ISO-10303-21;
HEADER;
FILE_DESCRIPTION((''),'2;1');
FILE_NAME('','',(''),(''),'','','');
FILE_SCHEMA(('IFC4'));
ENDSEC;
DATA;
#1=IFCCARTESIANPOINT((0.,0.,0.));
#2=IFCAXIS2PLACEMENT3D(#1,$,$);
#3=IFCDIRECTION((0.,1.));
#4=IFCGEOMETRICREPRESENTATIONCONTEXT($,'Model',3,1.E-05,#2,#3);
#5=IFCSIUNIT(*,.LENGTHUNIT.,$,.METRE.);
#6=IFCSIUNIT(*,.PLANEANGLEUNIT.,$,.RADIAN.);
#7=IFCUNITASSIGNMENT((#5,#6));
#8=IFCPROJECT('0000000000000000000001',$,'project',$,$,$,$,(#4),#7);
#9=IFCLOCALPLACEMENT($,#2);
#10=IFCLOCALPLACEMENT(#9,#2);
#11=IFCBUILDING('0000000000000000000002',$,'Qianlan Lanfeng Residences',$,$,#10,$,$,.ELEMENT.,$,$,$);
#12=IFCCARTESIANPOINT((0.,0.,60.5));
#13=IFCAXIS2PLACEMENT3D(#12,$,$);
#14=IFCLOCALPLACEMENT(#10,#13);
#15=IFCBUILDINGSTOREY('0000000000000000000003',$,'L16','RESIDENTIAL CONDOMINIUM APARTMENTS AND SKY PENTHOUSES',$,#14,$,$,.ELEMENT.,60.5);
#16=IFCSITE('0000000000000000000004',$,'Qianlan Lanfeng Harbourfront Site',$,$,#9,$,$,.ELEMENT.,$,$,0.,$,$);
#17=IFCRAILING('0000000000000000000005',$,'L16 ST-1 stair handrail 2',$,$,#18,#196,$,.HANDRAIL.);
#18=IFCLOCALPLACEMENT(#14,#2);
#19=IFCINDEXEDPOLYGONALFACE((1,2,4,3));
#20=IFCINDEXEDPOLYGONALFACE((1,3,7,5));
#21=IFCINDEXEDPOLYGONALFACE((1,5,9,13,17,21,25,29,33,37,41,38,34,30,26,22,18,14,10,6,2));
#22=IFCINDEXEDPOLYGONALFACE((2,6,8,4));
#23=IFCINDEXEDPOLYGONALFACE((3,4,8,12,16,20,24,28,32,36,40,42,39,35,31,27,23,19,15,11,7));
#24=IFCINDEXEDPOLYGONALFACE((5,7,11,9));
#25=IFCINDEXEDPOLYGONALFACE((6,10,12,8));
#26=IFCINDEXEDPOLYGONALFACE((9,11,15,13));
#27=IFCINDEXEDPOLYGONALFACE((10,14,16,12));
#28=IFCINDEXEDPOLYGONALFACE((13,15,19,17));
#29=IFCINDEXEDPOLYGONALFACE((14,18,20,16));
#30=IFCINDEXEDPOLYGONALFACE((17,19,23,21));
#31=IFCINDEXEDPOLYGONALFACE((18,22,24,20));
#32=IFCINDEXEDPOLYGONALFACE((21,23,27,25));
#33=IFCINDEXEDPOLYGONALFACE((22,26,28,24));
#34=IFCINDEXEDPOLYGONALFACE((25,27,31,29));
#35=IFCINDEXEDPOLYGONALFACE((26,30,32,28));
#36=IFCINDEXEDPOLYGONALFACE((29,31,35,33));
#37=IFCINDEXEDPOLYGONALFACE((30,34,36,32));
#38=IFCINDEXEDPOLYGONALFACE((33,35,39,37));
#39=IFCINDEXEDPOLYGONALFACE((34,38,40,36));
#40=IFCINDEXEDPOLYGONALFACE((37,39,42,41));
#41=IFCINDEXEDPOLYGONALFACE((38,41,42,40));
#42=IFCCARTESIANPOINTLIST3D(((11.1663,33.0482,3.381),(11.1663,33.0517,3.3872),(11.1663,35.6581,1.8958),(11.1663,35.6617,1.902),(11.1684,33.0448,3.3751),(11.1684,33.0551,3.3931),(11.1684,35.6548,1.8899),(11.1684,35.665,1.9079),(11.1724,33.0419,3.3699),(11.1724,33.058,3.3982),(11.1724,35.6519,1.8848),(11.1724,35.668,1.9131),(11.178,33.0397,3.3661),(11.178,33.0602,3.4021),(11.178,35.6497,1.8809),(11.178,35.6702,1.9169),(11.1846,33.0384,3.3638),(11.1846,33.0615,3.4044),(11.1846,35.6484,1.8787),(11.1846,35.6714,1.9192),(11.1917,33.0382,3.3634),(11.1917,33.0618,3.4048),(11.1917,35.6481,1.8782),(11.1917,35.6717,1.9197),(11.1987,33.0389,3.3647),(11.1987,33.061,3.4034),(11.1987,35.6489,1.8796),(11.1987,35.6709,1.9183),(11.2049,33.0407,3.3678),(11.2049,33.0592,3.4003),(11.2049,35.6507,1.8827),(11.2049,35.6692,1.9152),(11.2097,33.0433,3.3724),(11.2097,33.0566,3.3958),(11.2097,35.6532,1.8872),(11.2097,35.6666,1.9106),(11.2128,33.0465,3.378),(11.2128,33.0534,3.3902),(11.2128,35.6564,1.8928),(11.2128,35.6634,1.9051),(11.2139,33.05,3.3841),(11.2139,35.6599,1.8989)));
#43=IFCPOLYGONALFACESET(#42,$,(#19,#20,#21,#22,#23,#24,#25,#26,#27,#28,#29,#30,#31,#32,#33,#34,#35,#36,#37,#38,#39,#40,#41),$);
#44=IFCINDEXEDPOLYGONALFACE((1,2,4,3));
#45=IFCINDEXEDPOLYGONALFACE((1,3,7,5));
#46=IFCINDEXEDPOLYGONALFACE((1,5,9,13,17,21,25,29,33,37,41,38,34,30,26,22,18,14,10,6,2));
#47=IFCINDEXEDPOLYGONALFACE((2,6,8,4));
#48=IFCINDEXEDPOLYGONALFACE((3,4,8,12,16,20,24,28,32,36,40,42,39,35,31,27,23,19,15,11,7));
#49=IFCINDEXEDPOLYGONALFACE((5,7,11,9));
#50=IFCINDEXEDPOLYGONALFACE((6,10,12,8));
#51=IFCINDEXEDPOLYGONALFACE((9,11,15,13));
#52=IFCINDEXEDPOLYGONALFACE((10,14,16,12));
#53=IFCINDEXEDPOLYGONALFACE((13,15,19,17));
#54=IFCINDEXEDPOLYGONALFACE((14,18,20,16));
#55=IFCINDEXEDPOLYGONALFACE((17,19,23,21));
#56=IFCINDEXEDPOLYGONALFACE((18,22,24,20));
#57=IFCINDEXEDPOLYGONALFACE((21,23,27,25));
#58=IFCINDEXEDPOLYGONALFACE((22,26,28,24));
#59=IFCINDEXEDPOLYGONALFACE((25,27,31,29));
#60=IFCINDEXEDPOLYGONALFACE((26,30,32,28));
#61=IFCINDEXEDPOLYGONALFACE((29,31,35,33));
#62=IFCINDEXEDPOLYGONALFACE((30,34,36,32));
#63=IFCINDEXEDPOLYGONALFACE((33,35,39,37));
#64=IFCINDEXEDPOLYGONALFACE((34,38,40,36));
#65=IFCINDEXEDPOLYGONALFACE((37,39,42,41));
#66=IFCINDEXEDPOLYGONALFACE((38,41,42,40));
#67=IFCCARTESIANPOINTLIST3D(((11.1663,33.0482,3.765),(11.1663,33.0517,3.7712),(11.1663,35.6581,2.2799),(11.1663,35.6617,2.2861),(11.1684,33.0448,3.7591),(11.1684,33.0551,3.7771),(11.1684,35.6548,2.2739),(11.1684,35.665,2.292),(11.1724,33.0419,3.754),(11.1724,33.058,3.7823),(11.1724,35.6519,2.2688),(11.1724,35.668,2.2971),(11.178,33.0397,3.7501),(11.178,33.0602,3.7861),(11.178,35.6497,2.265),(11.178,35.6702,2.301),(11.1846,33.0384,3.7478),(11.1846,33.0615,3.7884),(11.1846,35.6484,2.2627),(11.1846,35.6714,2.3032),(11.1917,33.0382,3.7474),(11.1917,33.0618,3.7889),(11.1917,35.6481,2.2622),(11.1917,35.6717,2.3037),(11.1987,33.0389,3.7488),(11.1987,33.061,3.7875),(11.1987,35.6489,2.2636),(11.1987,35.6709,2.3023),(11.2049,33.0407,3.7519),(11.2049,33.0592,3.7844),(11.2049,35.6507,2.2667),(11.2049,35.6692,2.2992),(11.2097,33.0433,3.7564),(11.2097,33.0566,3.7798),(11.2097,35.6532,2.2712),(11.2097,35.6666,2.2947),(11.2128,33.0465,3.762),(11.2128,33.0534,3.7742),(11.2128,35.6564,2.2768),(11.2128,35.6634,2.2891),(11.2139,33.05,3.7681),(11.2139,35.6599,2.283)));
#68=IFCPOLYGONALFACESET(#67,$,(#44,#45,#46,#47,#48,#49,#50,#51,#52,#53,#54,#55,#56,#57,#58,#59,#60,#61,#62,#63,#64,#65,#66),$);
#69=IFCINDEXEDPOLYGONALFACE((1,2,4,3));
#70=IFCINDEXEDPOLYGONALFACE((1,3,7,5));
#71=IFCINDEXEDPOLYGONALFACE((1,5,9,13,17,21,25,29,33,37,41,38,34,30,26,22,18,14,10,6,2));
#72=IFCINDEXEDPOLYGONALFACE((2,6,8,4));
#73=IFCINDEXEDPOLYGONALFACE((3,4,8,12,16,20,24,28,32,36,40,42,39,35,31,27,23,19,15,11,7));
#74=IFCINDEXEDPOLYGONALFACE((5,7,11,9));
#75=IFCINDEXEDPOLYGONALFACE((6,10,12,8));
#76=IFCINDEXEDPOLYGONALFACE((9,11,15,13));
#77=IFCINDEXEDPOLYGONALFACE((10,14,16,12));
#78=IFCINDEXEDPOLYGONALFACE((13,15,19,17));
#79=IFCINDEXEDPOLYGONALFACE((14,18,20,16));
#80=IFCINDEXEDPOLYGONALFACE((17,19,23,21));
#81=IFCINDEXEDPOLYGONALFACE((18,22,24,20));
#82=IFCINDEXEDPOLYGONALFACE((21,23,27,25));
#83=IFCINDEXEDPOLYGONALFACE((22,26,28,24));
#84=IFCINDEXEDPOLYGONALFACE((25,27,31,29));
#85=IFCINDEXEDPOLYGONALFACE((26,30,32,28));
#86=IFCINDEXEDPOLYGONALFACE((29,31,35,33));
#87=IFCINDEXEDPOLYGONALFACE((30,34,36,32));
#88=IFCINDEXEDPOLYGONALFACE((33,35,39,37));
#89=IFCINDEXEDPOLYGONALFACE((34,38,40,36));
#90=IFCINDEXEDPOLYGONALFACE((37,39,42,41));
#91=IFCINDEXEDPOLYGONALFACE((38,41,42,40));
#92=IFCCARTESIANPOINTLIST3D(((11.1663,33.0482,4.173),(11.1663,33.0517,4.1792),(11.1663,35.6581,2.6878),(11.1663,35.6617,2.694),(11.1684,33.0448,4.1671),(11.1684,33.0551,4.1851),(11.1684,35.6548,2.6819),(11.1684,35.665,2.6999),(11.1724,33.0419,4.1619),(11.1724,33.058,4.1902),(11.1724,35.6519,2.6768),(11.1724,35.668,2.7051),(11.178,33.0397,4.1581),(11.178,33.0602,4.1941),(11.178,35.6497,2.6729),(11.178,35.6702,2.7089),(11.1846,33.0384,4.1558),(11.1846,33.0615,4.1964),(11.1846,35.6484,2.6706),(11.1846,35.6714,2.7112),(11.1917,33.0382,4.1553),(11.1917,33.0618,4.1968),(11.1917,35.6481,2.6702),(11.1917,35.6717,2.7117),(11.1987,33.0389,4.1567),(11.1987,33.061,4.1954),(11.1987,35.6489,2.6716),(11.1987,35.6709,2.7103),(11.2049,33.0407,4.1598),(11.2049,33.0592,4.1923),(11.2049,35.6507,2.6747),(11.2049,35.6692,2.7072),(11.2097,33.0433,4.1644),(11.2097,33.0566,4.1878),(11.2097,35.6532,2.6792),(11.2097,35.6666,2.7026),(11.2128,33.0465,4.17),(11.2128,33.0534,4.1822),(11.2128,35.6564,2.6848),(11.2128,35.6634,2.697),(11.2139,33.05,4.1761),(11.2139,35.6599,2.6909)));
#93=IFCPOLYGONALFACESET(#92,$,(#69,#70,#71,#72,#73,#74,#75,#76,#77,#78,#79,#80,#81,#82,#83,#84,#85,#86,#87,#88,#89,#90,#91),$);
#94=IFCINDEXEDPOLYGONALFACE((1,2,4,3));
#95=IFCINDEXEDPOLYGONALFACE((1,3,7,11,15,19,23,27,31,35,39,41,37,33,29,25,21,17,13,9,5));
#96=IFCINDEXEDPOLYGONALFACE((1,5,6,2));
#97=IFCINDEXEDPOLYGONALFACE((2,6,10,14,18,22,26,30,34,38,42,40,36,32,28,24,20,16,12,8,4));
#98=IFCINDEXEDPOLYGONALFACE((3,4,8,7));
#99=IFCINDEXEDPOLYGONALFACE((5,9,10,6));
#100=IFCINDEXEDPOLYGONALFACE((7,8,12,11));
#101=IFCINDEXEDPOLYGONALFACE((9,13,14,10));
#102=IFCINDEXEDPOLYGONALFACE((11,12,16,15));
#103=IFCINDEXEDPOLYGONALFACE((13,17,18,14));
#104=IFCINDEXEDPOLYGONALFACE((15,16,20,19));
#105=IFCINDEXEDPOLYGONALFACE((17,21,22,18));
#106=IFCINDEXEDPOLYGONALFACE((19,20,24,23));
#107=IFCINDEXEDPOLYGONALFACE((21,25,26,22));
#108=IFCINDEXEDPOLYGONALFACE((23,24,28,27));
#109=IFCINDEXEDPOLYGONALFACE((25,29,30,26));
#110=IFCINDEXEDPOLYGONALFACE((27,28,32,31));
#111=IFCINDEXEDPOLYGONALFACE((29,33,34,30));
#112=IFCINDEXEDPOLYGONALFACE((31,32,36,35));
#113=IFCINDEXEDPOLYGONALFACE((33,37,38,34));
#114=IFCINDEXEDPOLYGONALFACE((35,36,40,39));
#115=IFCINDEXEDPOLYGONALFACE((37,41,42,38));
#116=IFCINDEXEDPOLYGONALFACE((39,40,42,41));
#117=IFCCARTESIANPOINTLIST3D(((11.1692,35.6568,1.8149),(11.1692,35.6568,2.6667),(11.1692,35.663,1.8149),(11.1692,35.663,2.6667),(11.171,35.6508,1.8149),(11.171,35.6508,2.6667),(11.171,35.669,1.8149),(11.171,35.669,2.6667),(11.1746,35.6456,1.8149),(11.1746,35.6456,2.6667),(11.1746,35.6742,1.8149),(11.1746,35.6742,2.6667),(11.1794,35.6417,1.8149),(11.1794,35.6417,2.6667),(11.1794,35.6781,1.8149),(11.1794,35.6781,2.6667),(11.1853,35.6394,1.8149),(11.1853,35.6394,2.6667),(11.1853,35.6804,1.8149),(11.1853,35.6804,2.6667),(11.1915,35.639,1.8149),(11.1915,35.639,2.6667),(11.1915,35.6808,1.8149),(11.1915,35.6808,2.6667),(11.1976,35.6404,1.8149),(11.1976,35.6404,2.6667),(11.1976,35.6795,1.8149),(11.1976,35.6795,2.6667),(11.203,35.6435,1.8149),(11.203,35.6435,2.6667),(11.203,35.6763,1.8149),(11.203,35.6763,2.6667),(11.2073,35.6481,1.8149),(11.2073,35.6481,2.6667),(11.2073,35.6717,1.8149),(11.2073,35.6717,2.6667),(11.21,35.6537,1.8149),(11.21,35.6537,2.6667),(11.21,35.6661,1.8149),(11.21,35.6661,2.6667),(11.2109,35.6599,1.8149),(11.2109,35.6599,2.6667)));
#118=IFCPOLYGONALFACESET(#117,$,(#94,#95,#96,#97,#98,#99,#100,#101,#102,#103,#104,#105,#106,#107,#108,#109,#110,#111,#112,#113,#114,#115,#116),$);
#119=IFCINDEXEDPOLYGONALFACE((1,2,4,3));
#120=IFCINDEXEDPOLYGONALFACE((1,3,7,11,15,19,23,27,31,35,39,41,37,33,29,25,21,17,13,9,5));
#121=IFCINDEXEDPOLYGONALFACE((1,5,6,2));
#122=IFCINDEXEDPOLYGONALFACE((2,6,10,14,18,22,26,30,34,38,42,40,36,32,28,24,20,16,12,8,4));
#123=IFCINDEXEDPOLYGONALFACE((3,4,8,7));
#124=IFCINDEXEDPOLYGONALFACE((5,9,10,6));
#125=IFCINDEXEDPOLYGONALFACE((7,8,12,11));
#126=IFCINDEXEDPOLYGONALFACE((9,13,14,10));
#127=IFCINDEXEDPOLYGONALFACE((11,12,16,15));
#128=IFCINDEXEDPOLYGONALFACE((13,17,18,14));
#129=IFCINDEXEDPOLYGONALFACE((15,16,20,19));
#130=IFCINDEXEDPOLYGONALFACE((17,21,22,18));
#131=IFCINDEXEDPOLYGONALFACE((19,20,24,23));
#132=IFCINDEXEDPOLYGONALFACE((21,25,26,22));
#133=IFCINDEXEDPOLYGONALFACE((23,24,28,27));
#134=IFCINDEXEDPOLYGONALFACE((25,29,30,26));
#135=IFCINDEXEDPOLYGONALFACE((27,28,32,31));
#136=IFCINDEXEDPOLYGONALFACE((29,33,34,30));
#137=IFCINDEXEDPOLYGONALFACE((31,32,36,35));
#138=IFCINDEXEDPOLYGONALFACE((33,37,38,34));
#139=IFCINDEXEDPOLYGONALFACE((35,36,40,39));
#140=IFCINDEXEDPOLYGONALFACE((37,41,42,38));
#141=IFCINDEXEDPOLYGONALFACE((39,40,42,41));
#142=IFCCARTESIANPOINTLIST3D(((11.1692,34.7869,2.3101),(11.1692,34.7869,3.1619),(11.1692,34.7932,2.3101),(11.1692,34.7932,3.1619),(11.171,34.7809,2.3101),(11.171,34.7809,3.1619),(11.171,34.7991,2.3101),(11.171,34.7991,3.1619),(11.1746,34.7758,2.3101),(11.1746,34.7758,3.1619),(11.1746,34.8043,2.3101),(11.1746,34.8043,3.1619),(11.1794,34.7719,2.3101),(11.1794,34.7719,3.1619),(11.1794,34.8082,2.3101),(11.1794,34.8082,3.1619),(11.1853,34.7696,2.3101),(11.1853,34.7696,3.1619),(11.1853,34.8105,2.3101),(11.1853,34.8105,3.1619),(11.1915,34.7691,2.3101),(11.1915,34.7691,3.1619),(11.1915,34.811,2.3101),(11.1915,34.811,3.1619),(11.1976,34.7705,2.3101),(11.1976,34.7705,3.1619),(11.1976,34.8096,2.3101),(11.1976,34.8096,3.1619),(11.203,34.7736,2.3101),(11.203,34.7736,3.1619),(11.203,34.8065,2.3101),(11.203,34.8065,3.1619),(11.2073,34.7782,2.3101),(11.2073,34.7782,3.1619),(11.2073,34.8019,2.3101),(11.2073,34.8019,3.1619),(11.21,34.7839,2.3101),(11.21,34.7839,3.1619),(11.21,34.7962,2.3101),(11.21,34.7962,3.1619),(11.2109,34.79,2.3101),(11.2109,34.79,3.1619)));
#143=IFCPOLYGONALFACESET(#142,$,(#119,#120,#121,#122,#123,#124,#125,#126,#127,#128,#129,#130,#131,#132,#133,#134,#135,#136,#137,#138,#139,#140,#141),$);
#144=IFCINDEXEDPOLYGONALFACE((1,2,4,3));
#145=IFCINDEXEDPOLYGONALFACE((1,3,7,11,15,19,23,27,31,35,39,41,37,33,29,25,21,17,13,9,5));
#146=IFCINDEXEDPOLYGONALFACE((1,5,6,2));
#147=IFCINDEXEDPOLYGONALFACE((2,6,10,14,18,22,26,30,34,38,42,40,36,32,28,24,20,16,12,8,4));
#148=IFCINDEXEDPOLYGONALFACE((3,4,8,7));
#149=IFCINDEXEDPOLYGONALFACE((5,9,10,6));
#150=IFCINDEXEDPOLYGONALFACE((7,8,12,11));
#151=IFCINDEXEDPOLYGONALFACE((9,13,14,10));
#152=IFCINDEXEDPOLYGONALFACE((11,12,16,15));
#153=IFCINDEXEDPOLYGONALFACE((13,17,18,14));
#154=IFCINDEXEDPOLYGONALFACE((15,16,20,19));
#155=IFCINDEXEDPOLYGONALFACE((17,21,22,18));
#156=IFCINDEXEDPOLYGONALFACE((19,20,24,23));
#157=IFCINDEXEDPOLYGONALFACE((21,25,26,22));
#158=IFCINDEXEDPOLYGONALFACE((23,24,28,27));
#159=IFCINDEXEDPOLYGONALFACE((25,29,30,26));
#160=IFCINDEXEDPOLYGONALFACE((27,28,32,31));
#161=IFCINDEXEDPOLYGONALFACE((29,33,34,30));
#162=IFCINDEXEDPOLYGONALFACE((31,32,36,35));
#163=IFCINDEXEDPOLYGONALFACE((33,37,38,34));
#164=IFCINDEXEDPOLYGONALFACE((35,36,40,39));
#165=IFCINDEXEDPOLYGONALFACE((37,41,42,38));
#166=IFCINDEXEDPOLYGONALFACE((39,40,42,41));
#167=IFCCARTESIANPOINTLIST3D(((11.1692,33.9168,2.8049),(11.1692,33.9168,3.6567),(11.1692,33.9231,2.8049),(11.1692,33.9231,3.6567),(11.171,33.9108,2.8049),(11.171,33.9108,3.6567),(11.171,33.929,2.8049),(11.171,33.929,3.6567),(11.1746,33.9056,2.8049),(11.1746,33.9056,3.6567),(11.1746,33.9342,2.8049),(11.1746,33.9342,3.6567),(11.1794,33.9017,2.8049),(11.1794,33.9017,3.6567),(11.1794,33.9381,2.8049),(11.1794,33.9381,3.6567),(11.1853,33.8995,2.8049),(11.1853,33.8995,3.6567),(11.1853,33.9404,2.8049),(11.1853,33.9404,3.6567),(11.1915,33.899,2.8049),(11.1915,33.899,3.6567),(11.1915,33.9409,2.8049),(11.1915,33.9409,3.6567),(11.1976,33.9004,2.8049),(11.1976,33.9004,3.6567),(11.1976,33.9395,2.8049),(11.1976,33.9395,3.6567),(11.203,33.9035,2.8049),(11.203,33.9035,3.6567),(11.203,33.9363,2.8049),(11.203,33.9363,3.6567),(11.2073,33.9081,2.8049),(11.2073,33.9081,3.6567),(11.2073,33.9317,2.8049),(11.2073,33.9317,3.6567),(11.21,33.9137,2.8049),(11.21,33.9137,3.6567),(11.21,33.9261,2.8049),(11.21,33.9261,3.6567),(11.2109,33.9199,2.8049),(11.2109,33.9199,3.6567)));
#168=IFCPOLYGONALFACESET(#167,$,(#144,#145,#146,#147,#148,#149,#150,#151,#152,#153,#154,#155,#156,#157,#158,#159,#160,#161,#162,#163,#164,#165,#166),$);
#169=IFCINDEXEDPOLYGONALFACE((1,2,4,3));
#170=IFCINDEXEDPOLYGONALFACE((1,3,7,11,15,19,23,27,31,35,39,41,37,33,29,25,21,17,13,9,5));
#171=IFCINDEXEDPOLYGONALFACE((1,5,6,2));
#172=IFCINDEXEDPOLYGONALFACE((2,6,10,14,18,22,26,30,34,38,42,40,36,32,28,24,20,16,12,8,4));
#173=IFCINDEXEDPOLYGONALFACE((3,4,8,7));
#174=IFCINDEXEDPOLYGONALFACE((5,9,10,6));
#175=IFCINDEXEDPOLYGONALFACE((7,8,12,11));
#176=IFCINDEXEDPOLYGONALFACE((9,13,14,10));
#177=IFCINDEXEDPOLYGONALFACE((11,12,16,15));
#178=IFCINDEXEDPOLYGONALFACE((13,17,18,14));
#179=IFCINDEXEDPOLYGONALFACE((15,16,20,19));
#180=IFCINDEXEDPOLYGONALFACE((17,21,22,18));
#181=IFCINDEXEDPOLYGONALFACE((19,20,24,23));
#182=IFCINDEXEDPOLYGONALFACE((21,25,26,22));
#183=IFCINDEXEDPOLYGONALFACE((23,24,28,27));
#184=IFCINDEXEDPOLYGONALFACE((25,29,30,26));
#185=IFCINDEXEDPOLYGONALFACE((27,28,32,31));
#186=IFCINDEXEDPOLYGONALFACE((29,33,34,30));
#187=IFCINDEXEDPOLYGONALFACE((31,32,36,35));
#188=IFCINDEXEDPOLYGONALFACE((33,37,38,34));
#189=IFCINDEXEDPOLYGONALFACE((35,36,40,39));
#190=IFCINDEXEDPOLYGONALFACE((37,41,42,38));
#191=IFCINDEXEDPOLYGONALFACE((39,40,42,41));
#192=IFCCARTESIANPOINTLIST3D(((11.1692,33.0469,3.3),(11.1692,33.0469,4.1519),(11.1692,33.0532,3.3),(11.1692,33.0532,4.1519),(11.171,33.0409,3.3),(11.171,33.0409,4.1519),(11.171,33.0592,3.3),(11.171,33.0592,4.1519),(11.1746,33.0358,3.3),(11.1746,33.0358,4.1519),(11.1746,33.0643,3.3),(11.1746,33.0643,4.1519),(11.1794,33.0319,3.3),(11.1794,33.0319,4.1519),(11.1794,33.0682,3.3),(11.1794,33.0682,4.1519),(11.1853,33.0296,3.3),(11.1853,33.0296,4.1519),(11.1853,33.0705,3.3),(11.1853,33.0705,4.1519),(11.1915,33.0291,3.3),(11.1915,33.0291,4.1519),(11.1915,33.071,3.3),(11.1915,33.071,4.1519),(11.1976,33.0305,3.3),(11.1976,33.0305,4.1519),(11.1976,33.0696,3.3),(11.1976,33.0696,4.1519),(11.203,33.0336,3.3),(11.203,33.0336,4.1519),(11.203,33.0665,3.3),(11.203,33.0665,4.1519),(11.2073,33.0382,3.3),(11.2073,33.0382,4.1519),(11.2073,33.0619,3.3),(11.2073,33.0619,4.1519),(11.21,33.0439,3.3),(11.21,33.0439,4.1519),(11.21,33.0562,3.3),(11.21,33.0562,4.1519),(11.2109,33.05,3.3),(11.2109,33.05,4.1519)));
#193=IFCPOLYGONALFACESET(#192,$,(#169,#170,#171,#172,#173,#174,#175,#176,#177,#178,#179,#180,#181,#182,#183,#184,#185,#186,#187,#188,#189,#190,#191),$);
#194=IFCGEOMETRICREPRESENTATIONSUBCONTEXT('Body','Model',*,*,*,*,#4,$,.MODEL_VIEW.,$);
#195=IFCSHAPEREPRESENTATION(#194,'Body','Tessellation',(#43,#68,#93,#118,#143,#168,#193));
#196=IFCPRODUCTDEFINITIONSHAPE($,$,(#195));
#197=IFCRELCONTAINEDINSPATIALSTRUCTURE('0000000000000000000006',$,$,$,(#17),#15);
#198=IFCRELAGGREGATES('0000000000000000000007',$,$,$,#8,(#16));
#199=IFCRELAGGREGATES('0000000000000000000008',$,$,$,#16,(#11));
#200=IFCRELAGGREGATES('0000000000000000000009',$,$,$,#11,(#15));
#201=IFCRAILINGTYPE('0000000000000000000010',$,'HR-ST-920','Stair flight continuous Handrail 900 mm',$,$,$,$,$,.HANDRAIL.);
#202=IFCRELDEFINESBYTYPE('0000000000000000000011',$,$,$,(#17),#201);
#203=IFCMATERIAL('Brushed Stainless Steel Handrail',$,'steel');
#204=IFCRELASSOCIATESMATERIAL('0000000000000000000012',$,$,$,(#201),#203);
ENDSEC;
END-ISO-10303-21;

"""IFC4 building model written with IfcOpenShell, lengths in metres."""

from ifc_helpers import new_model, si_unit, direction, frame, origin, origin_2d, place, context, subcontext, project, spatial, circle, extrude, material, type_object, element, save


model = new_model("IFC4")

# Units and contexts
model_context = context("Model", 3, precision=1e-05, world=origin(), true_north=direction((0.0, 1.0)))
body_context = subcontext(model_context, "Body", "Model", "MODEL_VIEW")
ifc_project = project(units=[si_unit("LENGTHUNIT", "METRE"), si_unit("PLANEANGLEUNIT", "RADIAN")], contexts=[model_context])

# Site, building, storey
site_placement = place(None, origin())
site = spatial("IfcSite", under=ifc_project, at=site_placement, Name="Qianlan Lanfeng Harbourfront Site", CompositionType="ELEMENT", RefElevation=0.0)
building_placement = place(site_placement, origin())
building = spatial("IfcBuilding", under=site, at=building_placement, Name="Qianlan Lanfeng Residences", CompositionType="ELEMENT")
storey_placement = place(building_placement, frame((0.0, 0.0, 60.5)))
storey = spatial("IfcBuildingStorey", under=building, at=storey_placement, Name="L16", Description="RESIDENTIAL CONDOMINIUM APARTMENTS AND SKY PENTHOUSES", CompositionType="ELEMENT", Elevation=60.5)

# Railing
ifc_material_1 = material(Name="Brushed Stainless Steel Handrail", Category="steel")
railing_type_1 = type_object("IfcRailingType", Name="HR-ST-920", Description="Stair flight continuous Handrail 900 mm", PredefinedType="HANDRAIL", material=ifc_material_1)
railing_1_placement = place(storey_placement, frame((11.1899, 35.6599, 1.8149)))
element("IfcRailing", 1, at=railing_1_placement, inside=storey, type_object=railing_type_1, Name="L16 ST-1 stair handrail 2", PredefinedType="HANDRAIL", context=body_context, shape_type="SweptSolid", body=[
    extrude(circle(Radius=0.0239, at=origin_2d()), frame((0.0, 0.0, 0.084), z_axis=(0.0, -0.869137, 0.494571), x_axis=(1.0, 0.0, 0.0)), (0.0, 0.0, 1.0), 3.0029),
    extrude(circle(Radius=0.0239, at=origin_2d()), frame((0.0, 0.0, 0.468), z_axis=(0.0, -0.869137, 0.494571), x_axis=(1.0, 0.0, 0.0)), (0.0, 0.0, 1.0), 3.0029),
    extrude(circle(Radius=0.0239, at=origin_2d()), frame((0.0, 0.0, 0.876), z_axis=(0.0, -0.869137, 0.494571), x_axis=(1.0, 0.0, 0.0)), (0.0, 0.0, 1.0), 3.0029),
    extrude(circle(Radius=0.021, at=origin_2d()), origin(), (0.0, 0.0, 1.0), 0.8518),
    extrude(circle(Radius=0.021, at=origin_2d()), frame((0.0, -0.8699, 0.4951)), (0.0, 0.0, 1.0), 0.8518),
    extrude(circle(Radius=0.021, at=origin_2d()), frame((0.0, -1.74, 0.99)), (0.0, 0.0, 1.0), 0.8518),
    extrude(circle(Radius=0.021, at=origin_2d()), frame((0.0, -2.6099, 1.4851)), (0.0, 0.0, 1.0), 0.8518),
])

save(model, "model.ifc")
